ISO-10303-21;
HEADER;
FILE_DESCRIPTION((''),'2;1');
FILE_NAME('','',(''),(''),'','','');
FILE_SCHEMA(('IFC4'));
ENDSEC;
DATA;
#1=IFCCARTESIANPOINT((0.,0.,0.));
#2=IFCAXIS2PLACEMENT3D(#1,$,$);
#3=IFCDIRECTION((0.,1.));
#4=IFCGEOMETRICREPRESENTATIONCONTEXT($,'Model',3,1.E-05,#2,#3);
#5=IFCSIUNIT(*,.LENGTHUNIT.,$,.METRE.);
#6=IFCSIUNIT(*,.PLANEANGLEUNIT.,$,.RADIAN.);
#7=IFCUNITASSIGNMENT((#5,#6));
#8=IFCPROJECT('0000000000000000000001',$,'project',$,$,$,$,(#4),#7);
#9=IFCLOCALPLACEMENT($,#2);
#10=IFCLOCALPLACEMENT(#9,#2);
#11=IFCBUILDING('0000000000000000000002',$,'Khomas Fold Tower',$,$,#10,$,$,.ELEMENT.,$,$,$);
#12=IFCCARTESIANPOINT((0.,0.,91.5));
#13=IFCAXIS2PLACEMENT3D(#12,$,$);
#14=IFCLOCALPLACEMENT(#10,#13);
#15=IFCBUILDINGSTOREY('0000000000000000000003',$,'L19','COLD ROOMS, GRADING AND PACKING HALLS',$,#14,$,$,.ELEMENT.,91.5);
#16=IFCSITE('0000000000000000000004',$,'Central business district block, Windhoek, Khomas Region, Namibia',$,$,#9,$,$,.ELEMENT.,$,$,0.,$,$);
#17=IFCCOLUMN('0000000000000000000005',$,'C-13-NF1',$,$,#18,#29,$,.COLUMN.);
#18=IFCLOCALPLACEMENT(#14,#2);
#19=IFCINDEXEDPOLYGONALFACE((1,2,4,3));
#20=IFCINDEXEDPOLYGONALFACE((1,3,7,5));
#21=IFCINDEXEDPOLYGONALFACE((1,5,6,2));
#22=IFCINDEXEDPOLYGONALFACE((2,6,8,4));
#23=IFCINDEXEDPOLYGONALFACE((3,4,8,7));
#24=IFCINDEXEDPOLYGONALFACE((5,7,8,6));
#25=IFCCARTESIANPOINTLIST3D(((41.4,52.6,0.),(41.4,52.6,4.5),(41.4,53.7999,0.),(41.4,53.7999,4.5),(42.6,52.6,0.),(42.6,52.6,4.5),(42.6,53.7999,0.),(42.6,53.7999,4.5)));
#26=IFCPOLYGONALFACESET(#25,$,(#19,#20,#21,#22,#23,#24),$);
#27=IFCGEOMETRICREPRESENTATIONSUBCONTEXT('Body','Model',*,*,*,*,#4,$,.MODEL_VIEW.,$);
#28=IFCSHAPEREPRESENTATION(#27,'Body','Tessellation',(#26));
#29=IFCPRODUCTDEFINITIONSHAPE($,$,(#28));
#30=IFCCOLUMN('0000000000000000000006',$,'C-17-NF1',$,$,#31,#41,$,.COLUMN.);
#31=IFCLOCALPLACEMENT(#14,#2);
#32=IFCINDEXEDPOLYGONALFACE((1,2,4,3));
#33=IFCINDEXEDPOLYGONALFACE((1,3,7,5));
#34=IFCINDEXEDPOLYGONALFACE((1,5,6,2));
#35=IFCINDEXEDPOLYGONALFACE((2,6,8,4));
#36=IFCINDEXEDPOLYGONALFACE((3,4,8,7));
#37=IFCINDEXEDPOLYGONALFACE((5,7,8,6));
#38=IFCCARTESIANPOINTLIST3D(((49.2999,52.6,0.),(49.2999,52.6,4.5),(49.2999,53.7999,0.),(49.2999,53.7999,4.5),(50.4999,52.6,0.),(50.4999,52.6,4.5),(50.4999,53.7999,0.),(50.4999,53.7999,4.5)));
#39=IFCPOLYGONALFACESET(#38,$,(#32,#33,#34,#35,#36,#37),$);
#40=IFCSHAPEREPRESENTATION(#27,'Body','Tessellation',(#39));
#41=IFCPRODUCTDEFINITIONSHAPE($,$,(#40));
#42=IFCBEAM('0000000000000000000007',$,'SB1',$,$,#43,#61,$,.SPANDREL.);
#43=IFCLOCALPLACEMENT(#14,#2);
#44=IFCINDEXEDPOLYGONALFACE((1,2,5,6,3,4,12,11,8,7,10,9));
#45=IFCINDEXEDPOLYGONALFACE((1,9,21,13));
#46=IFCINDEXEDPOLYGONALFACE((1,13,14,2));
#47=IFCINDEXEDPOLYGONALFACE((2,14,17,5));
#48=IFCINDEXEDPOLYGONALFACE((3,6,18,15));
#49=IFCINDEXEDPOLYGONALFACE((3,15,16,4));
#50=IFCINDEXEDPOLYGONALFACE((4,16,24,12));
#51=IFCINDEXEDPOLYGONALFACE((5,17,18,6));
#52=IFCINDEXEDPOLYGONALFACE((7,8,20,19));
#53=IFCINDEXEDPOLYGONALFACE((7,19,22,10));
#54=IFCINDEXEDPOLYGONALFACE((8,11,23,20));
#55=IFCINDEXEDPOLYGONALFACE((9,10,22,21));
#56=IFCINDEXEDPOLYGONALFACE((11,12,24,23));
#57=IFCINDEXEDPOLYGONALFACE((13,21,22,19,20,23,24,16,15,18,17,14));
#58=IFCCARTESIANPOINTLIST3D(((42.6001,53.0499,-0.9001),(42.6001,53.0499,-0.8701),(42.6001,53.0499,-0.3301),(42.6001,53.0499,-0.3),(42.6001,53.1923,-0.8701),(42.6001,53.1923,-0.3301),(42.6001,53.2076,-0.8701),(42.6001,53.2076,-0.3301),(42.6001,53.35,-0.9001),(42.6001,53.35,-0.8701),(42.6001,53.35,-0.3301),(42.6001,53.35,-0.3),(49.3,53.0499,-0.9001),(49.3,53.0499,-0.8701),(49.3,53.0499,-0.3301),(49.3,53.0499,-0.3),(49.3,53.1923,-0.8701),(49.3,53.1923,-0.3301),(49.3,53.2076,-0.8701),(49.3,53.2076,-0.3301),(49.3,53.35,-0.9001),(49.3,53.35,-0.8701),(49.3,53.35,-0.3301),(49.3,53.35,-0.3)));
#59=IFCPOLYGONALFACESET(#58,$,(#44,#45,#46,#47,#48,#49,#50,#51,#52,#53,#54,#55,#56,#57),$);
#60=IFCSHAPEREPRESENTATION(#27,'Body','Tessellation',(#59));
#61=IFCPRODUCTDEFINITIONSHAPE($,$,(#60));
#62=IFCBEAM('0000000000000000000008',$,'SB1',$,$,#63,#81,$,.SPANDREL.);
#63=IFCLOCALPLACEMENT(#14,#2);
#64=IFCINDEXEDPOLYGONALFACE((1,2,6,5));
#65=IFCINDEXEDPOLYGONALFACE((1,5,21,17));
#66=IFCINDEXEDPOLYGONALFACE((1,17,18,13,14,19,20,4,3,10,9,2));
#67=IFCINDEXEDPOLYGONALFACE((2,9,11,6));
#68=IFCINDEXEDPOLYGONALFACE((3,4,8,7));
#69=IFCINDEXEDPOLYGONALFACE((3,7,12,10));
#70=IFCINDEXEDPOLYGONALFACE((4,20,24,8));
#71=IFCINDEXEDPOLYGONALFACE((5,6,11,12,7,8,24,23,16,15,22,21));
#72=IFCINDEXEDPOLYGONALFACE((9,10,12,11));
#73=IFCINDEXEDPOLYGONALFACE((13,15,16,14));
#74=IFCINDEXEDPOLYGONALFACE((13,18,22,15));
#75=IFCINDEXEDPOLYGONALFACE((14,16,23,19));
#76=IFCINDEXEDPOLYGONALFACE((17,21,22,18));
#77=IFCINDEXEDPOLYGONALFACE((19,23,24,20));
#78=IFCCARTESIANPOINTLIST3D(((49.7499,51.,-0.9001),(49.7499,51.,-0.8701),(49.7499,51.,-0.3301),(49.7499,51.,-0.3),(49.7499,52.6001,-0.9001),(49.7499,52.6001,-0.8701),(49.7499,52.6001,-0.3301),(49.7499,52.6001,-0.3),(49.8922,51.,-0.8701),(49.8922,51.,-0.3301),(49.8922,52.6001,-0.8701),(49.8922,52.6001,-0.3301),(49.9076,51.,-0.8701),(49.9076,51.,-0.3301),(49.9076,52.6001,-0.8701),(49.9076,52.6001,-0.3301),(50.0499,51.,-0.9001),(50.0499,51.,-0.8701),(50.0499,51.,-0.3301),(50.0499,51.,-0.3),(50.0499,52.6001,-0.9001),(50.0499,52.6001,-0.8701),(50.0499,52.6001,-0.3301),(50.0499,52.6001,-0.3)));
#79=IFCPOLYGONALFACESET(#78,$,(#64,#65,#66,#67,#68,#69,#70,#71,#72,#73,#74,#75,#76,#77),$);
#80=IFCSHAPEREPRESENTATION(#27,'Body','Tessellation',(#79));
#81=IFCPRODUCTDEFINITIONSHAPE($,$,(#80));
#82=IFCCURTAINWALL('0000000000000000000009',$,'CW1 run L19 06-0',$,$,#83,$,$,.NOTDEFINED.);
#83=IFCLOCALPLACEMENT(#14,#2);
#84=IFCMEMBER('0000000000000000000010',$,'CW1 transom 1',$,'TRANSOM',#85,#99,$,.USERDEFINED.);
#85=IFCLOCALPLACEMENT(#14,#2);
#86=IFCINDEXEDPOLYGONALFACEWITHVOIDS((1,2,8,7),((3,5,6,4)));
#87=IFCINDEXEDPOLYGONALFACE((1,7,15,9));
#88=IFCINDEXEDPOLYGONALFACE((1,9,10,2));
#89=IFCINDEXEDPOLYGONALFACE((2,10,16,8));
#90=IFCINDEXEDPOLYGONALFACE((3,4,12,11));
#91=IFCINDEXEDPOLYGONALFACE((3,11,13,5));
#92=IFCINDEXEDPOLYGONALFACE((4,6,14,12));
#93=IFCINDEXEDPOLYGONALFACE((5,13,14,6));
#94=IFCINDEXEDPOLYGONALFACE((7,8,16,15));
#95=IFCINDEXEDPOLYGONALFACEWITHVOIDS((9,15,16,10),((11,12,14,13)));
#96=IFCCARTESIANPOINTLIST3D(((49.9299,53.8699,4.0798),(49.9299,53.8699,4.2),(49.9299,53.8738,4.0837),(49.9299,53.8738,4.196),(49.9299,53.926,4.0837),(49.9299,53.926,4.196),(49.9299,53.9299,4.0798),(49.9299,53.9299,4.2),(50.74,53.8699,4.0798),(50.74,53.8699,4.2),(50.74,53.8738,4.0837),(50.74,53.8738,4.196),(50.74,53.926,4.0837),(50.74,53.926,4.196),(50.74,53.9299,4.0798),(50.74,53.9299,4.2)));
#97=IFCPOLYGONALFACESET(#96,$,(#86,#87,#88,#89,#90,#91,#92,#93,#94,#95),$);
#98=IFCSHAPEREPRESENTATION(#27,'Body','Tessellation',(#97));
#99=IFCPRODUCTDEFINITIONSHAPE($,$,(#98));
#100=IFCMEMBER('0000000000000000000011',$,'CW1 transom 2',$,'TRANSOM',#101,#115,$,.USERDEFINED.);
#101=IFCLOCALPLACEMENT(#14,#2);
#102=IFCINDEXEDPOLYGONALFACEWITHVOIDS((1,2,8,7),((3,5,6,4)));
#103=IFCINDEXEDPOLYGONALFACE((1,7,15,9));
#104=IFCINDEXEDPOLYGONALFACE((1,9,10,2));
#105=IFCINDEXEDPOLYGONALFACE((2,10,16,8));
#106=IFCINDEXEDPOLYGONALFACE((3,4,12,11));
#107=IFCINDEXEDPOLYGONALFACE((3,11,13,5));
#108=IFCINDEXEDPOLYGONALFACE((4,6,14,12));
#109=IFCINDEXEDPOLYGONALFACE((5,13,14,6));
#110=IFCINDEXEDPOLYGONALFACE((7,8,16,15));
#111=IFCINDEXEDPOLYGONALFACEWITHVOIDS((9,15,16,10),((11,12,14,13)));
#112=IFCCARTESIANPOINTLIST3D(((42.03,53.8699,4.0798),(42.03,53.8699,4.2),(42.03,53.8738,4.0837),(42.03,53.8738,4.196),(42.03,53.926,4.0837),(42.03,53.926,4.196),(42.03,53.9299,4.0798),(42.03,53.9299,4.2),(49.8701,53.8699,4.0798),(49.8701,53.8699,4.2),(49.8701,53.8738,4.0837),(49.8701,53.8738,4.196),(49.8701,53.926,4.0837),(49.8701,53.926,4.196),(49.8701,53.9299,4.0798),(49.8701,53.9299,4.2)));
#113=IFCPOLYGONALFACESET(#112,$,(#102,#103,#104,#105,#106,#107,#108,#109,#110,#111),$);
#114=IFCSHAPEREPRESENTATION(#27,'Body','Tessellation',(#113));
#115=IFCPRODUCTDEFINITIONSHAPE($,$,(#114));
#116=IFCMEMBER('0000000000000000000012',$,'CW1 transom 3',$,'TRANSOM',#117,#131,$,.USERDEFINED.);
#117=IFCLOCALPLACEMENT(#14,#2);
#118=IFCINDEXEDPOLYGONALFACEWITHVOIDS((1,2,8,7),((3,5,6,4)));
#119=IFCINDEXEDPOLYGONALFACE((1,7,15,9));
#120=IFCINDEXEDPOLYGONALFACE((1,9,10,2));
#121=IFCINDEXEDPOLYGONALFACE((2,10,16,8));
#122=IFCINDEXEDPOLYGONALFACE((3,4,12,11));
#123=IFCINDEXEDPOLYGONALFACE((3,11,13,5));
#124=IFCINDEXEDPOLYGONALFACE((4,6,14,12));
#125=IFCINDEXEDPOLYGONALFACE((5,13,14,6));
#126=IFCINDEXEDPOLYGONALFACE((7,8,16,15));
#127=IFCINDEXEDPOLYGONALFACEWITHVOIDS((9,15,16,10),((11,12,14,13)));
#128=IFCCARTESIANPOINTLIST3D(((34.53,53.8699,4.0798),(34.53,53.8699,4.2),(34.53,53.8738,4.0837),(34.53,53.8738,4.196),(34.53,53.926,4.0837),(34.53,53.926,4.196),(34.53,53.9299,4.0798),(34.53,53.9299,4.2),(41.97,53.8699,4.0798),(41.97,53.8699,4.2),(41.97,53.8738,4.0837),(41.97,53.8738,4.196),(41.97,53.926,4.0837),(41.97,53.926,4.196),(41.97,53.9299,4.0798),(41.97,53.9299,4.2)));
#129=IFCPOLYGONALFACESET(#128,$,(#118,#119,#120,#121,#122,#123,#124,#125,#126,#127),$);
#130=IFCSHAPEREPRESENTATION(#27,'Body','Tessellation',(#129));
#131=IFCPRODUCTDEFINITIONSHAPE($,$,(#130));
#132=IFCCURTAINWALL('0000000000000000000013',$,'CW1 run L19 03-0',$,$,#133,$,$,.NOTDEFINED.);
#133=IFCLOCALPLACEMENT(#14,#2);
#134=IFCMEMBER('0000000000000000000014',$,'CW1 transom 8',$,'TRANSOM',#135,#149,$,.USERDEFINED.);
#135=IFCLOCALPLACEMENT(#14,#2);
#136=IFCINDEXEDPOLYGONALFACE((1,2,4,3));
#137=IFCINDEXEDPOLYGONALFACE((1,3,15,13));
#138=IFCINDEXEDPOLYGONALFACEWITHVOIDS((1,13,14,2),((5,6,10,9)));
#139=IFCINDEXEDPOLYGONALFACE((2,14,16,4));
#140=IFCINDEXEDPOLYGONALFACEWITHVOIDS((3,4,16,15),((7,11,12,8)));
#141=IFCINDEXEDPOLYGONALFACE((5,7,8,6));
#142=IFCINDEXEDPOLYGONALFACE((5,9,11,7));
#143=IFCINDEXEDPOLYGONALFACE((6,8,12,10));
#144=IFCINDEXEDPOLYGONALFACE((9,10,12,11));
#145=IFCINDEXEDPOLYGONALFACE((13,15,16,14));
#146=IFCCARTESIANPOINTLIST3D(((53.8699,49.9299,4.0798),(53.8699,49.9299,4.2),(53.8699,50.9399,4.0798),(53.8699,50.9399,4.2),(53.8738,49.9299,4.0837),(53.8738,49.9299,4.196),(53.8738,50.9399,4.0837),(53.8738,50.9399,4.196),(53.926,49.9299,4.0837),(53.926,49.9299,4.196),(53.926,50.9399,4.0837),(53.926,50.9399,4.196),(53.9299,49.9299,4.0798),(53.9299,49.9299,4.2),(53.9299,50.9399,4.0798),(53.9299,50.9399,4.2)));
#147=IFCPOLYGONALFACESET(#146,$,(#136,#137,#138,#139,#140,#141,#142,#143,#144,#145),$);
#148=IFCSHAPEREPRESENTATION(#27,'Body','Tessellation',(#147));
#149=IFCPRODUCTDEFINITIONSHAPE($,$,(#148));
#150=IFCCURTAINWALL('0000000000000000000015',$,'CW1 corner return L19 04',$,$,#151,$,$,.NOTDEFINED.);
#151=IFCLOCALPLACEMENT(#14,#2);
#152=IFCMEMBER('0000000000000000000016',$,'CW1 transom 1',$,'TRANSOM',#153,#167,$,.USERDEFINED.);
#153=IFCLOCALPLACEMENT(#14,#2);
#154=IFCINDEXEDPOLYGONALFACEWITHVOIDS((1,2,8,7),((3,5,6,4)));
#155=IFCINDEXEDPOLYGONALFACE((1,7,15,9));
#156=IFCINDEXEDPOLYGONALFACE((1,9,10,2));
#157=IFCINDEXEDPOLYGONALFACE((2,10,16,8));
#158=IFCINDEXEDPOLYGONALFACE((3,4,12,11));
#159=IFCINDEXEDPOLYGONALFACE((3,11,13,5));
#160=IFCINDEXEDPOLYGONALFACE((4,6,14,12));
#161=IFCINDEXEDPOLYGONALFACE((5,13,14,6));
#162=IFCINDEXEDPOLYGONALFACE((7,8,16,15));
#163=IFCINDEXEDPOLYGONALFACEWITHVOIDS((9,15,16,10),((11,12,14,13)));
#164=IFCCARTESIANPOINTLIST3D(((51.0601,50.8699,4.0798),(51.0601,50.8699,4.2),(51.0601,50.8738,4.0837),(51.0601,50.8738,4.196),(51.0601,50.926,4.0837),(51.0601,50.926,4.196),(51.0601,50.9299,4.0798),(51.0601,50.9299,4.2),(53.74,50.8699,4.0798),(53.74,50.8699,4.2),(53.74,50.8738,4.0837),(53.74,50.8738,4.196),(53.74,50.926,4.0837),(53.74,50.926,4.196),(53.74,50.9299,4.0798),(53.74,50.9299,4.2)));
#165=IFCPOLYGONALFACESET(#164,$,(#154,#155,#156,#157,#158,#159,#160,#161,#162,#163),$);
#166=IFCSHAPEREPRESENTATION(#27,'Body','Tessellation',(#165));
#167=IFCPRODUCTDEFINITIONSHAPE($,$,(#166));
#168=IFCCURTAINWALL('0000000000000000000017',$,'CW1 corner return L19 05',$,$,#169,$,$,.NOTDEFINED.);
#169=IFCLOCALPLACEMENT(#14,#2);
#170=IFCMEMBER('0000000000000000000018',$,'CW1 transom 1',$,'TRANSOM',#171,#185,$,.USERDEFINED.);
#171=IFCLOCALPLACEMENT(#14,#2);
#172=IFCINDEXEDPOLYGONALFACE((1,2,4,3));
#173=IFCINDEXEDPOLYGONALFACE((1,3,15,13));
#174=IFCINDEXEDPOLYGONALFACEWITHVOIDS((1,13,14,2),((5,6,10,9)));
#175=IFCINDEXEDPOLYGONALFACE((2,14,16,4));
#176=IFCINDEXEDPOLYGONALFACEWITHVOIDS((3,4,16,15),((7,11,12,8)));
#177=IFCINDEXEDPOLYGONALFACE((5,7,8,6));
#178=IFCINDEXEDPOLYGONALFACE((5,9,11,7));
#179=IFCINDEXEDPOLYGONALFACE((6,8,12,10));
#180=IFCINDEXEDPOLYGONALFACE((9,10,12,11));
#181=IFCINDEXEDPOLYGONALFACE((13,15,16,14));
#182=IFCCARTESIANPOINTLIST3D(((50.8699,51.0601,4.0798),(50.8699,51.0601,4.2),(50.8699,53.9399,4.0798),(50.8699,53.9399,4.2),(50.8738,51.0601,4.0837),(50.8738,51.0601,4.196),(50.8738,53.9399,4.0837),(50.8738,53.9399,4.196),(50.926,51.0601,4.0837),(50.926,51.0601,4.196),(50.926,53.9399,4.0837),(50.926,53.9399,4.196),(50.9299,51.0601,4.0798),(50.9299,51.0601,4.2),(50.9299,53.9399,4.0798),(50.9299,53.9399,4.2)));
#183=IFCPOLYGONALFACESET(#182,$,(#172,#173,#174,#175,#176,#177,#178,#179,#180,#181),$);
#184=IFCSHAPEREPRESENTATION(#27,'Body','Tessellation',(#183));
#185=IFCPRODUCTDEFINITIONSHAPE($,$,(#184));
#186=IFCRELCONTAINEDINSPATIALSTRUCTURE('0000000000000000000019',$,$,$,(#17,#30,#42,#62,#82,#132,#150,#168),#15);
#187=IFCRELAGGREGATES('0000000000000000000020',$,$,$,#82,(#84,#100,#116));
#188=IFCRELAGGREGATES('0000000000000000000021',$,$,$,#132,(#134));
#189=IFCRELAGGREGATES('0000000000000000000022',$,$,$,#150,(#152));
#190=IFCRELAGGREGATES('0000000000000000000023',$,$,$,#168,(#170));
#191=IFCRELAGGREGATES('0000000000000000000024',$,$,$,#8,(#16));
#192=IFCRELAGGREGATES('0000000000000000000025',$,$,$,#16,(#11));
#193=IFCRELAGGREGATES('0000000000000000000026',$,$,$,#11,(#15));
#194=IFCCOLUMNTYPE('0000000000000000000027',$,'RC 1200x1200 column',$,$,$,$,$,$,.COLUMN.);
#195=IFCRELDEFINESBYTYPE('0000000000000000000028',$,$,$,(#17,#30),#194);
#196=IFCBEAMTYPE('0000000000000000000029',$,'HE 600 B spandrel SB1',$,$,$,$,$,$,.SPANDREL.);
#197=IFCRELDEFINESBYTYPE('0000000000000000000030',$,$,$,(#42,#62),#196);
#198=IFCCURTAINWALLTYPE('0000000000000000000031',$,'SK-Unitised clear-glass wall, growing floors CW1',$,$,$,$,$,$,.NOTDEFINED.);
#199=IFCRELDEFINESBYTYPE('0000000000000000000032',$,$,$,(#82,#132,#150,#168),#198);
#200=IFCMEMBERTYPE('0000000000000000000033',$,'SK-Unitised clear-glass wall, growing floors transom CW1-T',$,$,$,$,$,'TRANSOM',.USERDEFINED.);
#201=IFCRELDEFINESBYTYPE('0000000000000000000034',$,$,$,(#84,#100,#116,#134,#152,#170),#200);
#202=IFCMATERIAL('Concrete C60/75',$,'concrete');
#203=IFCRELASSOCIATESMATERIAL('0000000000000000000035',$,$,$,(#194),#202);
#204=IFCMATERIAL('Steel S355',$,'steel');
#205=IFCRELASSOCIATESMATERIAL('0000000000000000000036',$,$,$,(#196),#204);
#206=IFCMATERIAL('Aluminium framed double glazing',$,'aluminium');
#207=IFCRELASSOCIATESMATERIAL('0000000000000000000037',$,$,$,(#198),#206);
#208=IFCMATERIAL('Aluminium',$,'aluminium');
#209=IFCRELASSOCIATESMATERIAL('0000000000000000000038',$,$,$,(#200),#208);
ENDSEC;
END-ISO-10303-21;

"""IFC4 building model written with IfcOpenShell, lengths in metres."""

from ifc_helpers import new_model, si_unit, direction, frame, origin, origin_2d, place, context, subcontext, project, spatial, rectangle, hollow_rectangle, i_section, extrude, source, transform, mapped, material, material_profile, profile_set, type_object, element, aggregate, save


model = new_model("IFC4")

# Units and contexts
model_context = context("Model", 3, precision=1e-05, world=origin(), true_north=direction((0.0, 1.0)))
body_context = subcontext(model_context, "Body", "Model", "MODEL_VIEW")
ifc_project = project(units=[si_unit("LENGTHUNIT", "METRE"), si_unit("PLANEANGLEUNIT", "RADIAN")], contexts=[model_context])

# Site, building, storey
site_placement = place(None, origin())
site = spatial("IfcSite", under=ifc_project, at=site_placement, Name="Central business district block, Windhoek, Khomas Region, Namibia", CompositionType="ELEMENT", RefElevation=0.0)
building_placement = place(site_placement, origin())
building = spatial("IfcBuilding", under=site, at=building_placement, Name="Khomas Fold Tower", CompositionType="ELEMENT")
storey_placement = place(building_placement, frame((0.0, 0.0, 91.5)))
storey = spatial("IfcBuildingStorey", under=building, at=storey_placement, Name="L19", Description="COLD ROOMS, GRADING AND PACKING HALLS", CompositionType="ELEMENT", Elevation=91.5)

# Columns
ifc_material_1 = material(Name="Concrete C60/75", Category="concrete")
ifc_material_profile_1 = material_profile(ifc_material_1, rectangle(XDim=1.2, YDim=1.2, at=origin_2d()), Name="RC 1200x1200")
ifc_profile_set_1 = profile_set([ifc_material_profile_1], Name="Concrete C60/75")
column_type = type_object("IfcColumnType", Name="RC 1200x1200 column", PredefinedType="COLUMN", material=ifc_profile_set_1)
shared_shape_1 = source(origin(), body_context, "Body", "SweptSolid", [
    extrude(rectangle(XDim=1.2, YDim=1.2, at=origin_2d()), origin(), (0.0, 0.0, 1.0), 4.5),
])
for number, where, z_axis, x_axis, name in (
    (1, (42.0, 53.2, 0.0), (0.0, 0.0, 1.0), (1.0, 0.0, 0.0), "C-13-NF1"),
    (2, (49.8999, 53.2, 0.0), (0.0, 0.0, 1.0), (1.0, 0.0, 0.0), "C-17-NF1"),
):
    element("IfcColumn", number, at=place(storey_placement, frame(where, z_axis=z_axis, x_axis=x_axis)), inside=storey, type_object=column_type, Name=name, PredefinedType="COLUMN", context=body_context, shape_type="MappedRepresentation", body=[
        mapped(shared_shape_1, transform((0.0, 0.0, 0.0))),
    ])

# Beams
ifc_material_2 = material(Name="Steel S355", Category="steel")
ifc_material_profile_2 = material_profile(ifc_material_2, i_section(OverallWidth=0.3, OverallDepth=0.6001, WebThickness=0.0154, FlangeThickness=0.03, at=origin_2d()), Name="HE 600 B")
ifc_profile_set_2 = profile_set([ifc_material_profile_2], Name="Steel S355")
beam_type = type_object("IfcBeamType", Name="HE 600 B spandrel SB1", PredefinedType="SPANDREL", material=ifc_profile_set_2)
shared_shape_2 = source(origin(), body_context, "Body", "SweptSolid", [
    extrude(i_section(OverallWidth=0.3, OverallDepth=0.6001, WebThickness=0.0154, FlangeThickness=0.03, at=origin_2d()), origin(), (0.0, 0.0, 1.0), 6.7),
])
beam_1_placement = place(storey_placement, frame((42.6001, 53.2, -0.6001), z_axis=(1.0, 0.0, 0.0), x_axis=(0.0, 1.0, 0.0)))
element("IfcBeam", 3, at=beam_1_placement, inside=storey, type_object=beam_type, Name="SB1", PredefinedType="SPANDREL", context=body_context, shape_type="MappedRepresentation", body=[
    mapped(shared_shape_2, transform((0.0, 0.0, 0.0))),
])
shared_shape_3 = source(origin(), body_context, "Body", "SweptSolid", [
    extrude(i_section(OverallWidth=0.3, OverallDepth=0.6001, WebThickness=0.0154, FlangeThickness=0.03, at=origin_2d()), origin(), (0.0, 0.0, 1.0), 1.6001),
])
beam_2_placement = place(storey_placement, frame((49.8999, 51.0, -0.6001), z_axis=(0.0, 1.0, 0.0), x_axis=(-1.0, 0.0, 0.0)))
element("IfcBeam", 4, at=beam_2_placement, inside=storey, type_object=beam_type, Name="SB1", PredefinedType="SPANDREL", context=body_context, shape_type="MappedRepresentation", body=[
    mapped(shared_shape_3, transform((0.0, 0.0, 0.0))),
])

# Curtain wall, members
ifc_material_3 = material(Name="Aluminium framed double glazing", Category="aluminium")
curtain_wall_type = type_object("IfcCurtainWallType", Name="SK-Unitised clear-glass wall, growing floors CW1", PredefinedType="NOTDEFINED", material=ifc_material_3)
curtain_wall_1_placement = place(storey_placement, origin())
curtain_wall_1 = element("IfcCurtainWall", 5, at=curtain_wall_1_placement, inside=storey, type_object=curtain_wall_type, Name="CW1 run L19 06-0", PredefinedType="NOTDEFINED")
ifc_material_4 = material(Name="Aluminium", Category="aluminium")
ifc_material_profile_3 = material_profile(ifc_material_4, hollow_rectangle(XDim=0.0601, YDim=0.1201, WallThickness=0.0039, at=origin_2d()), Name="SK-Unitised clear-glass wall, growing floors transom CW1-T")
ifc_profile_set_3 = profile_set([ifc_material_profile_3], Name="Aluminium")
member_type_1 = type_object("IfcMemberType", Name="SK-Unitised clear-glass wall, growing floors transom CW1-T", ElementType="TRANSOM", PredefinedType="USERDEFINED", material=ifc_profile_set_3)
shared_shape_4 = source(origin(), body_context, "Body", "SweptSolid", [
    extrude(hollow_rectangle(XDim=0.0601, YDim=0.1201, WallThickness=0.0039, at=origin_2d()), origin(), (0.0, 0.0, 1.0), 0.8101),
])
member_1_placement = place(storey_placement, frame((50.74, 53.8999, 4.1399), z_axis=(-1.0, 0.0, 0.0), x_axis=(0.0, -1.0, 0.0)))
member_1 = element("IfcMember", 6, at=member_1_placement, type_object=member_type_1, Name="CW1 transom 1", ObjectType="TRANSOM", PredefinedType="USERDEFINED", context=body_context, shape_type="MappedRepresentation", body=[
    mapped(shared_shape_4, transform((0.0, 0.0, 0.0))),
])
shared_shape_5 = source(origin(), body_context, "Body", "SweptSolid", [
    extrude(hollow_rectangle(XDim=0.0601, YDim=0.1201, WallThickness=0.0039, at=origin_2d()), origin(), (0.0, 0.0, 1.0), 7.8401),
])
member_2_placement = place(storey_placement, frame((49.8701, 53.8999, 4.1399), z_axis=(-1.0, 0.0, 0.0), x_axis=(0.0, -1.0, 0.0)))
member_2 = element("IfcMember", 7, at=member_2_placement, type_object=member_type_1, Name="CW1 transom 2", ObjectType="TRANSOM", PredefinedType="USERDEFINED", context=body_context, shape_type="MappedRepresentation", body=[
    mapped(shared_shape_5, transform((0.0, 0.0, 0.0))),
])
shared_shape_6 = source(origin(), body_context, "Body", "SweptSolid", [
    extrude(hollow_rectangle(XDim=0.0601, YDim=0.1201, WallThickness=0.0039, at=origin_2d()), origin(), (0.0, 0.0, 1.0), 7.4399),
])
member_3_placement = place(storey_placement, frame((41.97, 53.8999, 4.1399), z_axis=(-1.0, 0.0, 0.0), x_axis=(0.0, -1.0, 0.0)))
member_3 = element("IfcMember", 8, at=member_3_placement, type_object=member_type_1, Name="CW1 transom 3", ObjectType="TRANSOM", PredefinedType="USERDEFINED", context=body_context, shape_type="MappedRepresentation", body=[
    mapped(shared_shape_6, transform((0.0, 0.0, 0.0))),
])

# Curtain walls, members
curtain_wall_2_placement = place(storey_placement, origin())
curtain_wall_2 = element("IfcCurtainWall", 9, at=curtain_wall_2_placement, inside=storey, type_object=curtain_wall_type, Name="CW1 run L19 03-0", PredefinedType="NOTDEFINED")
shared_shape_7 = source(origin(), body_context, "Body", "SweptSolid", [
    extrude(hollow_rectangle(XDim=0.0601, YDim=0.1201, WallThickness=0.0039, at=origin_2d()), origin(), (0.0, 0.0, 1.0), 1.01),
])
member_4_placement = place(storey_placement, frame((53.8999, 49.9299, 4.1399), z_axis=(0.0, 1.0, 0.0), x_axis=(-1.0, 0.0, 0.0)))
member_4 = element("IfcMember", 10, at=member_4_placement, type_object=member_type_1, Name="CW1 transom 8", ObjectType="TRANSOM", PredefinedType="USERDEFINED", context=body_context, shape_type="MappedRepresentation", body=[
    mapped(shared_shape_7, transform((0.0, 0.0, 0.0))),
])
curtain_wall_3_placement = place(storey_placement, origin())
curtain_wall_3 = element("IfcCurtainWall", 11, at=curtain_wall_3_placement, inside=storey, type_object=curtain_wall_type, Name="CW1 corner return L19 04", PredefinedType="NOTDEFINED")
shared_shape_8 = source(origin(), body_context, "Body", "SweptSolid", [
    extrude(hollow_rectangle(XDim=0.0601, YDim=0.1201, WallThickness=0.0039, at=origin_2d()), origin(), (0.0, 0.0, 1.0), 2.6799),
])
member_5_placement = place(storey_placement, frame((53.74, 50.8999, 4.1399), z_axis=(-1.0, 0.0, 0.0), x_axis=(0.0, -1.0, 0.0)))
member_5 = element("IfcMember", 12, at=member_5_placement, type_object=member_type_1, Name="CW1 transom 1", ObjectType="TRANSOM", PredefinedType="USERDEFINED", context=body_context, shape_type="MappedRepresentation", body=[
    mapped(shared_shape_8, transform((0.0, 0.0, 0.0))),
])
curtain_wall_4_placement = place(storey_placement, origin())
curtain_wall_4 = element("IfcCurtainWall", 13, at=curtain_wall_4_placement, inside=storey, type_object=curtain_wall_type, Name="CW1 corner return L19 05", PredefinedType="NOTDEFINED")
shared_shape_9 = source(origin(), body_context, "Body", "SweptSolid", [
    extrude(hollow_rectangle(XDim=0.0601, YDim=0.1201, WallThickness=0.0039, at=origin_2d()), origin(), (0.0, 0.0, 1.0), 2.8799),
])
member_6_placement = place(storey_placement, frame((50.8999, 51.0601, 4.1399), z_axis=(0.0, 1.0, 0.0), x_axis=(-1.0, 0.0, 0.0)))
member_6 = element("IfcMember", 14, at=member_6_placement, type_object=member_type_1, Name="CW1 transom 1", ObjectType="TRANSOM", PredefinedType="USERDEFINED", context=body_context, shape_type="MappedRepresentation", body=[
    mapped(shared_shape_9, transform((0.0, 0.0, 0.0))),
])

aggregate(curtain_wall_1, [member_1, member_2, member_3])
aggregate(curtain_wall_2, [member_4])
aggregate(curtain_wall_3, [member_5])
aggregate(curtain_wall_4, [member_6])

save(model, "model.ifc")
